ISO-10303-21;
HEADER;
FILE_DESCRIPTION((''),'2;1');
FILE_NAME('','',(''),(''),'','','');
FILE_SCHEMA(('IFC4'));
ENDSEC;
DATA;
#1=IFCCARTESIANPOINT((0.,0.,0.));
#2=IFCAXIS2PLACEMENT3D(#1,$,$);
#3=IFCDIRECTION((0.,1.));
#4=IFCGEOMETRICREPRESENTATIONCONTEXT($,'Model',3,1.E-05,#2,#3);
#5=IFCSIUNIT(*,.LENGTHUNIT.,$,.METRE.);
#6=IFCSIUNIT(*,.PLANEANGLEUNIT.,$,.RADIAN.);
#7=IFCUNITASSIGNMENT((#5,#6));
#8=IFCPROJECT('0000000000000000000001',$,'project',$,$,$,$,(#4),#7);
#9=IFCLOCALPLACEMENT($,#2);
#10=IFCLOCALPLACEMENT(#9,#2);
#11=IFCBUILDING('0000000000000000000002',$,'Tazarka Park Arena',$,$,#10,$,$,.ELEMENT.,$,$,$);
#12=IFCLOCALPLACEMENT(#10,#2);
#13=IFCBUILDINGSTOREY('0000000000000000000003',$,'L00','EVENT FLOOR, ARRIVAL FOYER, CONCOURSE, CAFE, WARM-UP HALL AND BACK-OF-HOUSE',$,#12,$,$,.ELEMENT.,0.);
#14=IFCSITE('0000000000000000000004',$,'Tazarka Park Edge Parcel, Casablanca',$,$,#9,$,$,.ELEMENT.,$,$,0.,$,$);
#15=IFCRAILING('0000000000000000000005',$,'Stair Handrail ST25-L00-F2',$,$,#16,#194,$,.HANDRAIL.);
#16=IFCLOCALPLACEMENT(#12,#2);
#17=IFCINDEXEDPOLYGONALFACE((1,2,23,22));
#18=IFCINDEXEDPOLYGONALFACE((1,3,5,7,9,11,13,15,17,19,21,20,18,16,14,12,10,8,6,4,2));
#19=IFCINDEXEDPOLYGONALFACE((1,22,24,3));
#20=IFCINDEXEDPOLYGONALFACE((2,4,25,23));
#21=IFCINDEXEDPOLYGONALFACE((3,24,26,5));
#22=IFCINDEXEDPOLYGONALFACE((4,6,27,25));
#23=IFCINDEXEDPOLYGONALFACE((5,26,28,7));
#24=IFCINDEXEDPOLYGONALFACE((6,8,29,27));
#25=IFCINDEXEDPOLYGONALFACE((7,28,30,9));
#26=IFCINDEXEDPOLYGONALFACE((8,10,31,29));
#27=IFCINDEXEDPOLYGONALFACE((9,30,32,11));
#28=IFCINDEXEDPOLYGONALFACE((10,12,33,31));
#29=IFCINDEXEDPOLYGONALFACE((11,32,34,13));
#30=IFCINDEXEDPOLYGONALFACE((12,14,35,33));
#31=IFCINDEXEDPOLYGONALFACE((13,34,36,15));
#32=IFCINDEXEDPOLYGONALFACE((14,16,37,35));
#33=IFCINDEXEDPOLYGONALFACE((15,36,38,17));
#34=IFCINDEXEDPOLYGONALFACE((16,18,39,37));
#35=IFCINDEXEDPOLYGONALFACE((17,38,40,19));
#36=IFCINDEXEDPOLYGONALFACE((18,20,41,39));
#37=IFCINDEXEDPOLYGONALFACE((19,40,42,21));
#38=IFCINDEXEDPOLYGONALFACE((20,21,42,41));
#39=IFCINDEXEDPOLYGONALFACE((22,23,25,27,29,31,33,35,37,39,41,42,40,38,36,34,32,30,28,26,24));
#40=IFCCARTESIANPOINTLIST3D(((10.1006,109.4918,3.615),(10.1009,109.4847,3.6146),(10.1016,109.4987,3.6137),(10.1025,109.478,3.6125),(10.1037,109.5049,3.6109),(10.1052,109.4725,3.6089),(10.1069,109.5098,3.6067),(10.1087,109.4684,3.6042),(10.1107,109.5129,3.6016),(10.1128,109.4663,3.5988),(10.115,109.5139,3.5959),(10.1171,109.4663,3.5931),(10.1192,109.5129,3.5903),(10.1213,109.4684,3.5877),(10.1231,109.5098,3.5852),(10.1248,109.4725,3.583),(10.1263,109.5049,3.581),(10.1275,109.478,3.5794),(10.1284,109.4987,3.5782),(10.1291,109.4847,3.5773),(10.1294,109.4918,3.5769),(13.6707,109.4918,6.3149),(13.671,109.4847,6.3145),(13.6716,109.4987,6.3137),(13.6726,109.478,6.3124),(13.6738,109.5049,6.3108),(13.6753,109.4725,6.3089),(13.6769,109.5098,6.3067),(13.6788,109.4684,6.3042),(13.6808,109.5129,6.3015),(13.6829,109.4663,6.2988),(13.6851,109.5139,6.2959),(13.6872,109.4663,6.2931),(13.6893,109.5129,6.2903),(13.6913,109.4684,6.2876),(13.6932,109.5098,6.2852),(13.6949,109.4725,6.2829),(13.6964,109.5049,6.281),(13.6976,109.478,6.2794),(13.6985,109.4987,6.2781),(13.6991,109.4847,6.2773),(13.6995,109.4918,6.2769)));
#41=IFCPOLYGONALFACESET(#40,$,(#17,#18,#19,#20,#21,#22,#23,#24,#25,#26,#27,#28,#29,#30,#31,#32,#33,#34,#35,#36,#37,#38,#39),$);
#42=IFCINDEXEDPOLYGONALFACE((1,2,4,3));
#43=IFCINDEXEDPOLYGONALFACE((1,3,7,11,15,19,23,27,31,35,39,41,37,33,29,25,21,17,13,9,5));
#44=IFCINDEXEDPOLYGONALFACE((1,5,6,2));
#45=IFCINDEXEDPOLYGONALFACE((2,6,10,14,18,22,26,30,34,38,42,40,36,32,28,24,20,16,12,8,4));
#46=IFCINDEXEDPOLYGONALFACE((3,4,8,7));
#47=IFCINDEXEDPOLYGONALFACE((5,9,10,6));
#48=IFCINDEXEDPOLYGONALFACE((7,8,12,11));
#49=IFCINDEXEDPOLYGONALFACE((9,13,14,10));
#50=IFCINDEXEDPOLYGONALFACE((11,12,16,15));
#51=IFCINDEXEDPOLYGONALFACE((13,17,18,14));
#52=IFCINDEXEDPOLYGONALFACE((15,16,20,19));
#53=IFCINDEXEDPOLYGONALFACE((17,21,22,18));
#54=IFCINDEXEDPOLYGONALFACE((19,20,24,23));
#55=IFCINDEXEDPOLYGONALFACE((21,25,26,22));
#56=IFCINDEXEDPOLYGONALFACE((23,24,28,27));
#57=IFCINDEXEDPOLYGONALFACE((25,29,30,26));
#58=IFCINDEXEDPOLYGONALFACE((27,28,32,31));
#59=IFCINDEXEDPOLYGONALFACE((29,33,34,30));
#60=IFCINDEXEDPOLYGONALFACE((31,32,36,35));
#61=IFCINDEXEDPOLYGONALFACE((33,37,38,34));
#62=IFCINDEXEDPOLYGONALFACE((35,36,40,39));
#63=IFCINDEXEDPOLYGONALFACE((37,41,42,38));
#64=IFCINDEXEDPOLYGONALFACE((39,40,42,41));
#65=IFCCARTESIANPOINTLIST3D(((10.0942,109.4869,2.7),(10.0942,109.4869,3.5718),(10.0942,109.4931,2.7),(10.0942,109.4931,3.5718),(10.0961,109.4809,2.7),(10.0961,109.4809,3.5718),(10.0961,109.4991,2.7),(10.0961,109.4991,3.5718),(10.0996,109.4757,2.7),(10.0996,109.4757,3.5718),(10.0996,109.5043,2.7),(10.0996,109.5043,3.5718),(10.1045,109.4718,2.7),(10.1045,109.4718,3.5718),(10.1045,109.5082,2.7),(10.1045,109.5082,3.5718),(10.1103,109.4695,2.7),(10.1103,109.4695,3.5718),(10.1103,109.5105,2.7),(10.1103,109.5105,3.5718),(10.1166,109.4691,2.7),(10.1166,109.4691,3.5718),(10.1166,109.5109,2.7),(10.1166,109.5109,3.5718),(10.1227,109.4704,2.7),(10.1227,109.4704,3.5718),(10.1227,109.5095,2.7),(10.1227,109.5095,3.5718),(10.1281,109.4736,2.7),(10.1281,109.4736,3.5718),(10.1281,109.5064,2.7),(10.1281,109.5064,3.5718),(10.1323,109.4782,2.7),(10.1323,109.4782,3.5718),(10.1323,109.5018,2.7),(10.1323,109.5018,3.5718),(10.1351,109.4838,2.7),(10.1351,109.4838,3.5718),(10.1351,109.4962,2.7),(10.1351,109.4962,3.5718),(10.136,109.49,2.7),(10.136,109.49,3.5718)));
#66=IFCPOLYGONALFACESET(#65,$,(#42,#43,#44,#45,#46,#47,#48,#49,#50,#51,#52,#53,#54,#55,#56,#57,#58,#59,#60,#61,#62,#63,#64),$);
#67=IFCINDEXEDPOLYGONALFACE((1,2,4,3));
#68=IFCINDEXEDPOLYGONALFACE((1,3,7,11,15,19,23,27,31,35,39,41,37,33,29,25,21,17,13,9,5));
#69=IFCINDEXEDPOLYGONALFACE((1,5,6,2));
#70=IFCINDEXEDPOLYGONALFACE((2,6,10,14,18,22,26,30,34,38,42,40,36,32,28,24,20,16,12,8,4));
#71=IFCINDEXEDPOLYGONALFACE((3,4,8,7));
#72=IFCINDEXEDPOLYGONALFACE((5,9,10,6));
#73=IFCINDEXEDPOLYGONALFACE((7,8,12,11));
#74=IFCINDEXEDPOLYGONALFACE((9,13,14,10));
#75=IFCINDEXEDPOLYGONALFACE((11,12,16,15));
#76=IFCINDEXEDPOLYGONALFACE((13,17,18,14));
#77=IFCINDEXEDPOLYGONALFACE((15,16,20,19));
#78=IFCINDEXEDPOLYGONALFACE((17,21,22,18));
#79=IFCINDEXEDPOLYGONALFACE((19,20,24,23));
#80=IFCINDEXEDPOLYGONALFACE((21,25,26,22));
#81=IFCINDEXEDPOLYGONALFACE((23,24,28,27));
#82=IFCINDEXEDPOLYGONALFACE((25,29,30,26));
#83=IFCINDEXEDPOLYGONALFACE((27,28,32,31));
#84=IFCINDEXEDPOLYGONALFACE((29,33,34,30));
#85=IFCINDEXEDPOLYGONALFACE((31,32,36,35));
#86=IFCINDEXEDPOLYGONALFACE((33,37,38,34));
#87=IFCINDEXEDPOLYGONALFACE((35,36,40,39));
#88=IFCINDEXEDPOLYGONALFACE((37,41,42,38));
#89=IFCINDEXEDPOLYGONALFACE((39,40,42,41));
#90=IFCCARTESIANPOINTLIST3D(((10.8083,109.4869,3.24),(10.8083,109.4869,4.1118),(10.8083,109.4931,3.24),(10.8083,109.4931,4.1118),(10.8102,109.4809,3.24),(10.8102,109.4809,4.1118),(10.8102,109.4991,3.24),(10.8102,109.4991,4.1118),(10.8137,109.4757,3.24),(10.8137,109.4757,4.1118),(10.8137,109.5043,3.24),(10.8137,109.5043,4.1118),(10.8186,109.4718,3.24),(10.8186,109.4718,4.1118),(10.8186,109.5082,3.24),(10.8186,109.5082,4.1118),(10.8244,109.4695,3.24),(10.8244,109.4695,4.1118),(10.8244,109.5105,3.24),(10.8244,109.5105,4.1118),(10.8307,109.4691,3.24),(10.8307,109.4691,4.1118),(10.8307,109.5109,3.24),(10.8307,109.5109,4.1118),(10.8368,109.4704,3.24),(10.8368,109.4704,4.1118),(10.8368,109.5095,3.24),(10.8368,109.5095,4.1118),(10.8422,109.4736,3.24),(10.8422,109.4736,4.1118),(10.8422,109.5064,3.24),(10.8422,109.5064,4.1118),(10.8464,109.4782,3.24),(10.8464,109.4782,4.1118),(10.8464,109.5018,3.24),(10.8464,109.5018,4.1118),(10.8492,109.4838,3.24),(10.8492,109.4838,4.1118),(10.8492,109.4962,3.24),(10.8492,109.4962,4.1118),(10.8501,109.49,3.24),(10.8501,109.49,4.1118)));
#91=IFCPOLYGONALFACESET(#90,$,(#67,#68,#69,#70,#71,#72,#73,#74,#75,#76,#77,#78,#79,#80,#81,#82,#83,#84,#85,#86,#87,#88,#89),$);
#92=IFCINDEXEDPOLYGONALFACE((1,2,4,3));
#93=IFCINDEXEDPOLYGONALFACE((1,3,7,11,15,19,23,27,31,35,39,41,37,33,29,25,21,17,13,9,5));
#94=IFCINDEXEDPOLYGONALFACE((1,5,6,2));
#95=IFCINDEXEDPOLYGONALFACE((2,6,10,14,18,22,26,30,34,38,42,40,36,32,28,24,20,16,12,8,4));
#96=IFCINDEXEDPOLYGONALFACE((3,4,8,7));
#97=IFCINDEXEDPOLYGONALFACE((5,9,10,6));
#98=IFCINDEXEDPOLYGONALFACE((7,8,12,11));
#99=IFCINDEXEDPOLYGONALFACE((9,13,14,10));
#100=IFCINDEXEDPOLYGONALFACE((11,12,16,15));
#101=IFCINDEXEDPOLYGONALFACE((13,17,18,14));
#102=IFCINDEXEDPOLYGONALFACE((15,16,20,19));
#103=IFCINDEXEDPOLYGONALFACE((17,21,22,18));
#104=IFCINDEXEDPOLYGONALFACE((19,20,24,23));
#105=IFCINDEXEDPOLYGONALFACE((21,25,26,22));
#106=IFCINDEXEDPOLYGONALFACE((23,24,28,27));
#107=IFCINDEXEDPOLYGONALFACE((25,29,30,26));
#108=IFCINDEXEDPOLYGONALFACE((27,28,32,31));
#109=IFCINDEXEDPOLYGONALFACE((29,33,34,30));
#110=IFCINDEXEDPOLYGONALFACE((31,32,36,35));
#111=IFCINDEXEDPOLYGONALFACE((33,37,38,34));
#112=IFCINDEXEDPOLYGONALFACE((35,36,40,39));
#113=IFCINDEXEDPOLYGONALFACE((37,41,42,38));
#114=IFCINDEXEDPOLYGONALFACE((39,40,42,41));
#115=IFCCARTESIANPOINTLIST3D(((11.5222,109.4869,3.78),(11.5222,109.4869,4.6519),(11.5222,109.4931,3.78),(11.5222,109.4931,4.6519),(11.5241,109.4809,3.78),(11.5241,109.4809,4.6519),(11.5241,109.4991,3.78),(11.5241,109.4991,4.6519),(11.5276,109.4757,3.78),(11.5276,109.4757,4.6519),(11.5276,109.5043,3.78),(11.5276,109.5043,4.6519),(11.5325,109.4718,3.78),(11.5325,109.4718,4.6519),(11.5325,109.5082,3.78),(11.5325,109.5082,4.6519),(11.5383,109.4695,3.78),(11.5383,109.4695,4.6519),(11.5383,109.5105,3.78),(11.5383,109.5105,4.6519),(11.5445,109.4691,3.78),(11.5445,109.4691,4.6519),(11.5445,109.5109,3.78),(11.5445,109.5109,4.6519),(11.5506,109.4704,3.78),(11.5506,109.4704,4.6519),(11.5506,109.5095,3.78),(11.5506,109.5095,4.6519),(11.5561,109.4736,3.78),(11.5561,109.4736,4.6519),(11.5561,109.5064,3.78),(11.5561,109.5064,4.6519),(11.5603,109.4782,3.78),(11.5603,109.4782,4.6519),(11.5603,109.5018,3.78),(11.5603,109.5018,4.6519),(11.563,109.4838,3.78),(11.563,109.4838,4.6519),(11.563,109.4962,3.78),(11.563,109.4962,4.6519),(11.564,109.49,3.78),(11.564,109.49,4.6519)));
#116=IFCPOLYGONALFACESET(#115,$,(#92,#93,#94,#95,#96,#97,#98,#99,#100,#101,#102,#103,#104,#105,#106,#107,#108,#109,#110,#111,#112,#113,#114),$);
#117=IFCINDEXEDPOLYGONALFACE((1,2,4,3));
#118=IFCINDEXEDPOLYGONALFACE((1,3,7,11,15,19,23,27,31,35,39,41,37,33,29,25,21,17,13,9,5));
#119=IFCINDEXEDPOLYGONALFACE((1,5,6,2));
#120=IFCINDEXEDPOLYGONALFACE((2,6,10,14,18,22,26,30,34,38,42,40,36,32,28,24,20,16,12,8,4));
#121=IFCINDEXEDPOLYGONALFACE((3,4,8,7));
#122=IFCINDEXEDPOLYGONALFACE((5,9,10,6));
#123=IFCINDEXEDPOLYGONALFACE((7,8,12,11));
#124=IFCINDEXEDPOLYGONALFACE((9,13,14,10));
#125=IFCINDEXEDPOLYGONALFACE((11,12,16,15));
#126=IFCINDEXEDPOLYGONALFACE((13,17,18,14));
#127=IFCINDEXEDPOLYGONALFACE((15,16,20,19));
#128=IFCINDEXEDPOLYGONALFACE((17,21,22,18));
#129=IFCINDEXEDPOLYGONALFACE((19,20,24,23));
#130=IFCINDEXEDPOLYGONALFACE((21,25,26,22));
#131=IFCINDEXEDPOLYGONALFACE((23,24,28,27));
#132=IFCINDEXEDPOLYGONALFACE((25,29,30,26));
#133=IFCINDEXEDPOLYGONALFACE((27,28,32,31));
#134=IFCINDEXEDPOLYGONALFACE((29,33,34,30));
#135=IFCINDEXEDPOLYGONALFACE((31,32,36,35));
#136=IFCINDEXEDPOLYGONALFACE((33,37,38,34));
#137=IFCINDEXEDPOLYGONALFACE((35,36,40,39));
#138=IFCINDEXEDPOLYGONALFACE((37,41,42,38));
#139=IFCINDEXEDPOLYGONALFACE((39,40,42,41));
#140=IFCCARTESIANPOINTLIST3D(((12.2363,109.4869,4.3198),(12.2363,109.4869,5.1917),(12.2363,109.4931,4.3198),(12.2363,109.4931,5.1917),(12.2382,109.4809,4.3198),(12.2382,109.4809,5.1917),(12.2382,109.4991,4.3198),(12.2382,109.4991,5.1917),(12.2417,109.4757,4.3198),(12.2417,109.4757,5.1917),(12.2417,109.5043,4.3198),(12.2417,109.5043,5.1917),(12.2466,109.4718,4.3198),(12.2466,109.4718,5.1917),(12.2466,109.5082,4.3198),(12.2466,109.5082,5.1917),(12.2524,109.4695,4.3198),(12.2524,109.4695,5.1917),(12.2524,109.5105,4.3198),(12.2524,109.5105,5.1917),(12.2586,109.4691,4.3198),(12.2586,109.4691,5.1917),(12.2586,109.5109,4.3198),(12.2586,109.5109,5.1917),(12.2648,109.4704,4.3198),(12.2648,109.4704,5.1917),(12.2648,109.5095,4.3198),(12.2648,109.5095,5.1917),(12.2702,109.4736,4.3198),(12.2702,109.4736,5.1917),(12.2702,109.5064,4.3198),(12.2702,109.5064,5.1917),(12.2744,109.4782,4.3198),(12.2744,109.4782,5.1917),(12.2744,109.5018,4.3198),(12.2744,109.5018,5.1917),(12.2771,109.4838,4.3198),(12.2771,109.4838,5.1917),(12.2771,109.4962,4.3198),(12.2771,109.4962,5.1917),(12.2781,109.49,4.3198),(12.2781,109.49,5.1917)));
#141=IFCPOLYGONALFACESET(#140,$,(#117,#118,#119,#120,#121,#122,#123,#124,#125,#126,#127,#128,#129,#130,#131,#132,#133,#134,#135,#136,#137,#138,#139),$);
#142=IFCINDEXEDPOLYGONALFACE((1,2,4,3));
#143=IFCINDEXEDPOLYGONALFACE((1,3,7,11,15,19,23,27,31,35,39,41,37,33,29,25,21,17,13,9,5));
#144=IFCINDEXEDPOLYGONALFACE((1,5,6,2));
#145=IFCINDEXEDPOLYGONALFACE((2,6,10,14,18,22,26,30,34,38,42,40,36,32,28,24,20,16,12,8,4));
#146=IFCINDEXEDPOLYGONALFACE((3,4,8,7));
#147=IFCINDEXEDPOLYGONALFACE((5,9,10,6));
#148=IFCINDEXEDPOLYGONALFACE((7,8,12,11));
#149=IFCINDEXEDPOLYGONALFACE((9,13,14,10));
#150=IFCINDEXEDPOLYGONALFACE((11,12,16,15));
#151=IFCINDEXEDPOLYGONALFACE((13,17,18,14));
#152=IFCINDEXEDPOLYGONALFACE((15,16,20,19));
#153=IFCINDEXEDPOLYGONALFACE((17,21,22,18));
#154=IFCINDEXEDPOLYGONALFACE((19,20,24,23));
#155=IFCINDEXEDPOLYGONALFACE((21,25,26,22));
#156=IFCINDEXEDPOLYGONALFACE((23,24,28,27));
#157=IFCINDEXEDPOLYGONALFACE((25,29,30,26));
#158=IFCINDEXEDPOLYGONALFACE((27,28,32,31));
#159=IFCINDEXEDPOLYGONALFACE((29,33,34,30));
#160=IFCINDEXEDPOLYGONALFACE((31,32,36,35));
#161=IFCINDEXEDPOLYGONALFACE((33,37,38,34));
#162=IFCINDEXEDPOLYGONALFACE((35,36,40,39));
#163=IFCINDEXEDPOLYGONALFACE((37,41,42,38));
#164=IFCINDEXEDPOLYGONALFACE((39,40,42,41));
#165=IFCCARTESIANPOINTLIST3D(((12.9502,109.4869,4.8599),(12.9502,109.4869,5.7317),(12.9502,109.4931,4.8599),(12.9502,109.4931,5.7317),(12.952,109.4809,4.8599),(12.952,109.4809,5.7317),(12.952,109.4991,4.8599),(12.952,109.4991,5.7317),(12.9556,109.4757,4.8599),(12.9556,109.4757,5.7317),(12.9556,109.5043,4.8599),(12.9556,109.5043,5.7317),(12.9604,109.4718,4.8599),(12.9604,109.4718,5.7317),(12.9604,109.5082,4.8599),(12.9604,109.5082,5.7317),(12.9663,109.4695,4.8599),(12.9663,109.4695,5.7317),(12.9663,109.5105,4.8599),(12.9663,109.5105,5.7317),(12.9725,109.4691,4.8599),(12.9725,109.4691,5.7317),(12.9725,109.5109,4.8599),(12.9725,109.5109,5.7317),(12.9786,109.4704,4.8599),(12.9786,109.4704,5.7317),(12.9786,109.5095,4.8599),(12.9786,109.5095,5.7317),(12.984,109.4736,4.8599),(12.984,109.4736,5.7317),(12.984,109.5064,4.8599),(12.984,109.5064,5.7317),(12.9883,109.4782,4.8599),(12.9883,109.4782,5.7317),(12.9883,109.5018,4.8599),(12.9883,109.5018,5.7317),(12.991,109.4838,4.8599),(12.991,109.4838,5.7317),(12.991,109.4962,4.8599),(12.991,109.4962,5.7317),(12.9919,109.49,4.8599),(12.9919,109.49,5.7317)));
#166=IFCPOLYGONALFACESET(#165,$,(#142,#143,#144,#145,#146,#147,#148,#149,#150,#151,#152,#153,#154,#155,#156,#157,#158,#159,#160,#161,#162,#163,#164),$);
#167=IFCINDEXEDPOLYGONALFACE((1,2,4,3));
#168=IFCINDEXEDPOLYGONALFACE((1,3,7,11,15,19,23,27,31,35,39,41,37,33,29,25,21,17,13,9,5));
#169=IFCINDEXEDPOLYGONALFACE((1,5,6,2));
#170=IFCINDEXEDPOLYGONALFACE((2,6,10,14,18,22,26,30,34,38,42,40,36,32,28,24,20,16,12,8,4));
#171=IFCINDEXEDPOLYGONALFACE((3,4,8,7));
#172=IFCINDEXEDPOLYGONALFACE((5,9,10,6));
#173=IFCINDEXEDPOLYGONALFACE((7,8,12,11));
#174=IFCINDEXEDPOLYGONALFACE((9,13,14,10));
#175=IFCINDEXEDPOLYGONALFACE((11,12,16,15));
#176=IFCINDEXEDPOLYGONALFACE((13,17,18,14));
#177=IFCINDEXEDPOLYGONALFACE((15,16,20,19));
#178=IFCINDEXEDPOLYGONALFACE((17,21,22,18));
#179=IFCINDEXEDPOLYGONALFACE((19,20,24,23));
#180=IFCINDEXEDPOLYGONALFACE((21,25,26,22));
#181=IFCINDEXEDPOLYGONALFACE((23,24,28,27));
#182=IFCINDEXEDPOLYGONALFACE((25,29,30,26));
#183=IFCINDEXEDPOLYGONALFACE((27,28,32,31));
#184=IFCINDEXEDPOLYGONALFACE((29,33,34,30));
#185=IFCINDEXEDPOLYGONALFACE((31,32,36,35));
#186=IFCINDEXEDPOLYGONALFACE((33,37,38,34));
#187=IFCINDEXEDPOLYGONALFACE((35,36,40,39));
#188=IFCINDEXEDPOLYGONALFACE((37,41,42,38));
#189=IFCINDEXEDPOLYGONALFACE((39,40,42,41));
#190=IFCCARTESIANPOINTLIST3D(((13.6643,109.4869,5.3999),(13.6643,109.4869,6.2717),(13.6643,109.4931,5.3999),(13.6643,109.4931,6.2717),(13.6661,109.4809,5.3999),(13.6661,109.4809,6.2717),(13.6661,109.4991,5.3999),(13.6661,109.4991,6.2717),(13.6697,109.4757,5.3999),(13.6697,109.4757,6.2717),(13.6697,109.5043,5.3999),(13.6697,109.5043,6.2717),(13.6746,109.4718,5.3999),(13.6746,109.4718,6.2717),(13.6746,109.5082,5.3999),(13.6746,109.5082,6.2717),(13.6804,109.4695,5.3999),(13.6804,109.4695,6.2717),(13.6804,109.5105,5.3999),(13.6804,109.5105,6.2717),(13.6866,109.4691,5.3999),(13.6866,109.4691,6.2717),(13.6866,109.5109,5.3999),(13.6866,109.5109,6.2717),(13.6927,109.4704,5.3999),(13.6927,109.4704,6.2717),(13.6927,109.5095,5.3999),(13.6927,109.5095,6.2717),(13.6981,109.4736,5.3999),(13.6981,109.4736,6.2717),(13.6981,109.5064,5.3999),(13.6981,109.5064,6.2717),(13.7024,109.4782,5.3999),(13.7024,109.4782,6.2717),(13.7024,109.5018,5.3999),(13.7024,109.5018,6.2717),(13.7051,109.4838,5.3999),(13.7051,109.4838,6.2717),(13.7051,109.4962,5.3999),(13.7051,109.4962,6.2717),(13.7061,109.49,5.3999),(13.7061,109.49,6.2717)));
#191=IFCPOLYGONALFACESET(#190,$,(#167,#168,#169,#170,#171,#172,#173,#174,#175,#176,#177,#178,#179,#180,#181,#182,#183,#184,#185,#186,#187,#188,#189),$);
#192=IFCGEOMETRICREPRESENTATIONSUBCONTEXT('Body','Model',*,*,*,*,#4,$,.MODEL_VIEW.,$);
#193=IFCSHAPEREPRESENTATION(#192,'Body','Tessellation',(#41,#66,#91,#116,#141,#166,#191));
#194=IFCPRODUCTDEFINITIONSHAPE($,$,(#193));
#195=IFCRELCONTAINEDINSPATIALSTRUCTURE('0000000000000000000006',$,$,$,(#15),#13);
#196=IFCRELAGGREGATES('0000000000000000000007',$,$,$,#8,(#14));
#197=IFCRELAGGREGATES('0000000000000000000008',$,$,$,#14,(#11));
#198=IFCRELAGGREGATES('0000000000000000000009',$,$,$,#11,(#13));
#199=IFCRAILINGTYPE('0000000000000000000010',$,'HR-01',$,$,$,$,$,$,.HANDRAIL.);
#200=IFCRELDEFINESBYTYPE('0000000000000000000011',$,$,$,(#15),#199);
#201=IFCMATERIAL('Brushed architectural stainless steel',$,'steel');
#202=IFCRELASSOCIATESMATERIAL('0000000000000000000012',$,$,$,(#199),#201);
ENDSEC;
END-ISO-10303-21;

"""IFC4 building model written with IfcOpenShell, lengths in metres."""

from ifc_helpers import new_model, si_unit, direction, frame, origin, origin_2d, place, context, subcontext, project, spatial, circle, extrude, material, type_object, element, save


model = new_model("IFC4")

# Units and contexts
model_context = context("Model", 3, precision=1e-05, world=origin(), true_north=direction((0.0, 1.0)))
body_context = subcontext(model_context, "Body", "Model", "MODEL_VIEW")
ifc_project = project(units=[si_unit("LENGTHUNIT", "METRE"), si_unit("PLANEANGLEUNIT", "RADIAN")], contexts=[model_context])

# Site, building, storey
site_placement = place(None, origin())
site = spatial("IfcSite", under=ifc_project, at=site_placement, Name="Tazarka Park Edge Parcel, Casablanca", CompositionType="ELEMENT", RefElevation=0.0)
building_placement = place(site_placement, origin())
building = spatial("IfcBuilding", under=site, at=building_placement, Name="Tazarka Park Arena", CompositionType="ELEMENT")
storey_placement = place(building_placement, origin())
storey = spatial("IfcBuildingStorey", under=building, at=storey_placement, Name="L00", Description="EVENT FLOOR, ARRIVAL FOYER, CONCOURSE, CAFE, WARM-UP HALL AND BACK-OF-HOUSE", CompositionType="ELEMENT", Elevation=0.0)

# Railing
ifc_material_1 = material(Name="Brushed architectural stainless steel", Category="steel")
railing_type_1 = type_object("IfcRailingType", Name="HR-01", PredefinedType="HANDRAIL", material=ifc_material_1)
railing_1_placement = place(storey_placement, frame((10.115, 109.49, 2.7)))
element("IfcRailing", 1, at=railing_1_placement, inside=storey, type_object=railing_type_1, Name="Stair Handrail ST25-L00-F2", PredefinedType="HANDRAIL", context=body_context, shape_type="SweptSolid", body=[
    extrude(circle(Radius=0.0239, at=origin_2d()), frame((0.0, 0.0, 0.896), z_axis=(0.797591, 0.0, 0.603198), x_axis=(0.0, 1.0, 0.0)), (0.0, 0.0, 1.0), 4.4761),
    extrude(circle(Radius=0.021, at=origin_2d()), origin(), (0.0, 0.0, 1.0), 0.8718),
    extrude(circle(Radius=0.021, at=origin_2d()), frame((0.7141, 0.0, 0.54)), (0.0, 0.0, 1.0), 0.8718),
    extrude(circle(Radius=0.021, at=origin_2d()), frame((1.428, 0.0, 1.0801)), (0.0, 0.0, 1.0), 0.8718),
    extrude(circle(Radius=0.021, at=origin_2d()), frame((2.1421, 0.0, 1.6199)), (0.0, 0.0, 1.0), 0.8718),
    extrude(circle(Radius=0.021, at=origin_2d()), frame((2.856, 0.0, 2.1599)), (0.0, 0.0, 1.0), 0.8718),
    extrude(circle(Radius=0.021, at=origin_2d()), frame((3.5701, 0.0, 2.7)), (0.0, 0.0, 1.0), 0.8718),
])

save(model, "model.ifc")
